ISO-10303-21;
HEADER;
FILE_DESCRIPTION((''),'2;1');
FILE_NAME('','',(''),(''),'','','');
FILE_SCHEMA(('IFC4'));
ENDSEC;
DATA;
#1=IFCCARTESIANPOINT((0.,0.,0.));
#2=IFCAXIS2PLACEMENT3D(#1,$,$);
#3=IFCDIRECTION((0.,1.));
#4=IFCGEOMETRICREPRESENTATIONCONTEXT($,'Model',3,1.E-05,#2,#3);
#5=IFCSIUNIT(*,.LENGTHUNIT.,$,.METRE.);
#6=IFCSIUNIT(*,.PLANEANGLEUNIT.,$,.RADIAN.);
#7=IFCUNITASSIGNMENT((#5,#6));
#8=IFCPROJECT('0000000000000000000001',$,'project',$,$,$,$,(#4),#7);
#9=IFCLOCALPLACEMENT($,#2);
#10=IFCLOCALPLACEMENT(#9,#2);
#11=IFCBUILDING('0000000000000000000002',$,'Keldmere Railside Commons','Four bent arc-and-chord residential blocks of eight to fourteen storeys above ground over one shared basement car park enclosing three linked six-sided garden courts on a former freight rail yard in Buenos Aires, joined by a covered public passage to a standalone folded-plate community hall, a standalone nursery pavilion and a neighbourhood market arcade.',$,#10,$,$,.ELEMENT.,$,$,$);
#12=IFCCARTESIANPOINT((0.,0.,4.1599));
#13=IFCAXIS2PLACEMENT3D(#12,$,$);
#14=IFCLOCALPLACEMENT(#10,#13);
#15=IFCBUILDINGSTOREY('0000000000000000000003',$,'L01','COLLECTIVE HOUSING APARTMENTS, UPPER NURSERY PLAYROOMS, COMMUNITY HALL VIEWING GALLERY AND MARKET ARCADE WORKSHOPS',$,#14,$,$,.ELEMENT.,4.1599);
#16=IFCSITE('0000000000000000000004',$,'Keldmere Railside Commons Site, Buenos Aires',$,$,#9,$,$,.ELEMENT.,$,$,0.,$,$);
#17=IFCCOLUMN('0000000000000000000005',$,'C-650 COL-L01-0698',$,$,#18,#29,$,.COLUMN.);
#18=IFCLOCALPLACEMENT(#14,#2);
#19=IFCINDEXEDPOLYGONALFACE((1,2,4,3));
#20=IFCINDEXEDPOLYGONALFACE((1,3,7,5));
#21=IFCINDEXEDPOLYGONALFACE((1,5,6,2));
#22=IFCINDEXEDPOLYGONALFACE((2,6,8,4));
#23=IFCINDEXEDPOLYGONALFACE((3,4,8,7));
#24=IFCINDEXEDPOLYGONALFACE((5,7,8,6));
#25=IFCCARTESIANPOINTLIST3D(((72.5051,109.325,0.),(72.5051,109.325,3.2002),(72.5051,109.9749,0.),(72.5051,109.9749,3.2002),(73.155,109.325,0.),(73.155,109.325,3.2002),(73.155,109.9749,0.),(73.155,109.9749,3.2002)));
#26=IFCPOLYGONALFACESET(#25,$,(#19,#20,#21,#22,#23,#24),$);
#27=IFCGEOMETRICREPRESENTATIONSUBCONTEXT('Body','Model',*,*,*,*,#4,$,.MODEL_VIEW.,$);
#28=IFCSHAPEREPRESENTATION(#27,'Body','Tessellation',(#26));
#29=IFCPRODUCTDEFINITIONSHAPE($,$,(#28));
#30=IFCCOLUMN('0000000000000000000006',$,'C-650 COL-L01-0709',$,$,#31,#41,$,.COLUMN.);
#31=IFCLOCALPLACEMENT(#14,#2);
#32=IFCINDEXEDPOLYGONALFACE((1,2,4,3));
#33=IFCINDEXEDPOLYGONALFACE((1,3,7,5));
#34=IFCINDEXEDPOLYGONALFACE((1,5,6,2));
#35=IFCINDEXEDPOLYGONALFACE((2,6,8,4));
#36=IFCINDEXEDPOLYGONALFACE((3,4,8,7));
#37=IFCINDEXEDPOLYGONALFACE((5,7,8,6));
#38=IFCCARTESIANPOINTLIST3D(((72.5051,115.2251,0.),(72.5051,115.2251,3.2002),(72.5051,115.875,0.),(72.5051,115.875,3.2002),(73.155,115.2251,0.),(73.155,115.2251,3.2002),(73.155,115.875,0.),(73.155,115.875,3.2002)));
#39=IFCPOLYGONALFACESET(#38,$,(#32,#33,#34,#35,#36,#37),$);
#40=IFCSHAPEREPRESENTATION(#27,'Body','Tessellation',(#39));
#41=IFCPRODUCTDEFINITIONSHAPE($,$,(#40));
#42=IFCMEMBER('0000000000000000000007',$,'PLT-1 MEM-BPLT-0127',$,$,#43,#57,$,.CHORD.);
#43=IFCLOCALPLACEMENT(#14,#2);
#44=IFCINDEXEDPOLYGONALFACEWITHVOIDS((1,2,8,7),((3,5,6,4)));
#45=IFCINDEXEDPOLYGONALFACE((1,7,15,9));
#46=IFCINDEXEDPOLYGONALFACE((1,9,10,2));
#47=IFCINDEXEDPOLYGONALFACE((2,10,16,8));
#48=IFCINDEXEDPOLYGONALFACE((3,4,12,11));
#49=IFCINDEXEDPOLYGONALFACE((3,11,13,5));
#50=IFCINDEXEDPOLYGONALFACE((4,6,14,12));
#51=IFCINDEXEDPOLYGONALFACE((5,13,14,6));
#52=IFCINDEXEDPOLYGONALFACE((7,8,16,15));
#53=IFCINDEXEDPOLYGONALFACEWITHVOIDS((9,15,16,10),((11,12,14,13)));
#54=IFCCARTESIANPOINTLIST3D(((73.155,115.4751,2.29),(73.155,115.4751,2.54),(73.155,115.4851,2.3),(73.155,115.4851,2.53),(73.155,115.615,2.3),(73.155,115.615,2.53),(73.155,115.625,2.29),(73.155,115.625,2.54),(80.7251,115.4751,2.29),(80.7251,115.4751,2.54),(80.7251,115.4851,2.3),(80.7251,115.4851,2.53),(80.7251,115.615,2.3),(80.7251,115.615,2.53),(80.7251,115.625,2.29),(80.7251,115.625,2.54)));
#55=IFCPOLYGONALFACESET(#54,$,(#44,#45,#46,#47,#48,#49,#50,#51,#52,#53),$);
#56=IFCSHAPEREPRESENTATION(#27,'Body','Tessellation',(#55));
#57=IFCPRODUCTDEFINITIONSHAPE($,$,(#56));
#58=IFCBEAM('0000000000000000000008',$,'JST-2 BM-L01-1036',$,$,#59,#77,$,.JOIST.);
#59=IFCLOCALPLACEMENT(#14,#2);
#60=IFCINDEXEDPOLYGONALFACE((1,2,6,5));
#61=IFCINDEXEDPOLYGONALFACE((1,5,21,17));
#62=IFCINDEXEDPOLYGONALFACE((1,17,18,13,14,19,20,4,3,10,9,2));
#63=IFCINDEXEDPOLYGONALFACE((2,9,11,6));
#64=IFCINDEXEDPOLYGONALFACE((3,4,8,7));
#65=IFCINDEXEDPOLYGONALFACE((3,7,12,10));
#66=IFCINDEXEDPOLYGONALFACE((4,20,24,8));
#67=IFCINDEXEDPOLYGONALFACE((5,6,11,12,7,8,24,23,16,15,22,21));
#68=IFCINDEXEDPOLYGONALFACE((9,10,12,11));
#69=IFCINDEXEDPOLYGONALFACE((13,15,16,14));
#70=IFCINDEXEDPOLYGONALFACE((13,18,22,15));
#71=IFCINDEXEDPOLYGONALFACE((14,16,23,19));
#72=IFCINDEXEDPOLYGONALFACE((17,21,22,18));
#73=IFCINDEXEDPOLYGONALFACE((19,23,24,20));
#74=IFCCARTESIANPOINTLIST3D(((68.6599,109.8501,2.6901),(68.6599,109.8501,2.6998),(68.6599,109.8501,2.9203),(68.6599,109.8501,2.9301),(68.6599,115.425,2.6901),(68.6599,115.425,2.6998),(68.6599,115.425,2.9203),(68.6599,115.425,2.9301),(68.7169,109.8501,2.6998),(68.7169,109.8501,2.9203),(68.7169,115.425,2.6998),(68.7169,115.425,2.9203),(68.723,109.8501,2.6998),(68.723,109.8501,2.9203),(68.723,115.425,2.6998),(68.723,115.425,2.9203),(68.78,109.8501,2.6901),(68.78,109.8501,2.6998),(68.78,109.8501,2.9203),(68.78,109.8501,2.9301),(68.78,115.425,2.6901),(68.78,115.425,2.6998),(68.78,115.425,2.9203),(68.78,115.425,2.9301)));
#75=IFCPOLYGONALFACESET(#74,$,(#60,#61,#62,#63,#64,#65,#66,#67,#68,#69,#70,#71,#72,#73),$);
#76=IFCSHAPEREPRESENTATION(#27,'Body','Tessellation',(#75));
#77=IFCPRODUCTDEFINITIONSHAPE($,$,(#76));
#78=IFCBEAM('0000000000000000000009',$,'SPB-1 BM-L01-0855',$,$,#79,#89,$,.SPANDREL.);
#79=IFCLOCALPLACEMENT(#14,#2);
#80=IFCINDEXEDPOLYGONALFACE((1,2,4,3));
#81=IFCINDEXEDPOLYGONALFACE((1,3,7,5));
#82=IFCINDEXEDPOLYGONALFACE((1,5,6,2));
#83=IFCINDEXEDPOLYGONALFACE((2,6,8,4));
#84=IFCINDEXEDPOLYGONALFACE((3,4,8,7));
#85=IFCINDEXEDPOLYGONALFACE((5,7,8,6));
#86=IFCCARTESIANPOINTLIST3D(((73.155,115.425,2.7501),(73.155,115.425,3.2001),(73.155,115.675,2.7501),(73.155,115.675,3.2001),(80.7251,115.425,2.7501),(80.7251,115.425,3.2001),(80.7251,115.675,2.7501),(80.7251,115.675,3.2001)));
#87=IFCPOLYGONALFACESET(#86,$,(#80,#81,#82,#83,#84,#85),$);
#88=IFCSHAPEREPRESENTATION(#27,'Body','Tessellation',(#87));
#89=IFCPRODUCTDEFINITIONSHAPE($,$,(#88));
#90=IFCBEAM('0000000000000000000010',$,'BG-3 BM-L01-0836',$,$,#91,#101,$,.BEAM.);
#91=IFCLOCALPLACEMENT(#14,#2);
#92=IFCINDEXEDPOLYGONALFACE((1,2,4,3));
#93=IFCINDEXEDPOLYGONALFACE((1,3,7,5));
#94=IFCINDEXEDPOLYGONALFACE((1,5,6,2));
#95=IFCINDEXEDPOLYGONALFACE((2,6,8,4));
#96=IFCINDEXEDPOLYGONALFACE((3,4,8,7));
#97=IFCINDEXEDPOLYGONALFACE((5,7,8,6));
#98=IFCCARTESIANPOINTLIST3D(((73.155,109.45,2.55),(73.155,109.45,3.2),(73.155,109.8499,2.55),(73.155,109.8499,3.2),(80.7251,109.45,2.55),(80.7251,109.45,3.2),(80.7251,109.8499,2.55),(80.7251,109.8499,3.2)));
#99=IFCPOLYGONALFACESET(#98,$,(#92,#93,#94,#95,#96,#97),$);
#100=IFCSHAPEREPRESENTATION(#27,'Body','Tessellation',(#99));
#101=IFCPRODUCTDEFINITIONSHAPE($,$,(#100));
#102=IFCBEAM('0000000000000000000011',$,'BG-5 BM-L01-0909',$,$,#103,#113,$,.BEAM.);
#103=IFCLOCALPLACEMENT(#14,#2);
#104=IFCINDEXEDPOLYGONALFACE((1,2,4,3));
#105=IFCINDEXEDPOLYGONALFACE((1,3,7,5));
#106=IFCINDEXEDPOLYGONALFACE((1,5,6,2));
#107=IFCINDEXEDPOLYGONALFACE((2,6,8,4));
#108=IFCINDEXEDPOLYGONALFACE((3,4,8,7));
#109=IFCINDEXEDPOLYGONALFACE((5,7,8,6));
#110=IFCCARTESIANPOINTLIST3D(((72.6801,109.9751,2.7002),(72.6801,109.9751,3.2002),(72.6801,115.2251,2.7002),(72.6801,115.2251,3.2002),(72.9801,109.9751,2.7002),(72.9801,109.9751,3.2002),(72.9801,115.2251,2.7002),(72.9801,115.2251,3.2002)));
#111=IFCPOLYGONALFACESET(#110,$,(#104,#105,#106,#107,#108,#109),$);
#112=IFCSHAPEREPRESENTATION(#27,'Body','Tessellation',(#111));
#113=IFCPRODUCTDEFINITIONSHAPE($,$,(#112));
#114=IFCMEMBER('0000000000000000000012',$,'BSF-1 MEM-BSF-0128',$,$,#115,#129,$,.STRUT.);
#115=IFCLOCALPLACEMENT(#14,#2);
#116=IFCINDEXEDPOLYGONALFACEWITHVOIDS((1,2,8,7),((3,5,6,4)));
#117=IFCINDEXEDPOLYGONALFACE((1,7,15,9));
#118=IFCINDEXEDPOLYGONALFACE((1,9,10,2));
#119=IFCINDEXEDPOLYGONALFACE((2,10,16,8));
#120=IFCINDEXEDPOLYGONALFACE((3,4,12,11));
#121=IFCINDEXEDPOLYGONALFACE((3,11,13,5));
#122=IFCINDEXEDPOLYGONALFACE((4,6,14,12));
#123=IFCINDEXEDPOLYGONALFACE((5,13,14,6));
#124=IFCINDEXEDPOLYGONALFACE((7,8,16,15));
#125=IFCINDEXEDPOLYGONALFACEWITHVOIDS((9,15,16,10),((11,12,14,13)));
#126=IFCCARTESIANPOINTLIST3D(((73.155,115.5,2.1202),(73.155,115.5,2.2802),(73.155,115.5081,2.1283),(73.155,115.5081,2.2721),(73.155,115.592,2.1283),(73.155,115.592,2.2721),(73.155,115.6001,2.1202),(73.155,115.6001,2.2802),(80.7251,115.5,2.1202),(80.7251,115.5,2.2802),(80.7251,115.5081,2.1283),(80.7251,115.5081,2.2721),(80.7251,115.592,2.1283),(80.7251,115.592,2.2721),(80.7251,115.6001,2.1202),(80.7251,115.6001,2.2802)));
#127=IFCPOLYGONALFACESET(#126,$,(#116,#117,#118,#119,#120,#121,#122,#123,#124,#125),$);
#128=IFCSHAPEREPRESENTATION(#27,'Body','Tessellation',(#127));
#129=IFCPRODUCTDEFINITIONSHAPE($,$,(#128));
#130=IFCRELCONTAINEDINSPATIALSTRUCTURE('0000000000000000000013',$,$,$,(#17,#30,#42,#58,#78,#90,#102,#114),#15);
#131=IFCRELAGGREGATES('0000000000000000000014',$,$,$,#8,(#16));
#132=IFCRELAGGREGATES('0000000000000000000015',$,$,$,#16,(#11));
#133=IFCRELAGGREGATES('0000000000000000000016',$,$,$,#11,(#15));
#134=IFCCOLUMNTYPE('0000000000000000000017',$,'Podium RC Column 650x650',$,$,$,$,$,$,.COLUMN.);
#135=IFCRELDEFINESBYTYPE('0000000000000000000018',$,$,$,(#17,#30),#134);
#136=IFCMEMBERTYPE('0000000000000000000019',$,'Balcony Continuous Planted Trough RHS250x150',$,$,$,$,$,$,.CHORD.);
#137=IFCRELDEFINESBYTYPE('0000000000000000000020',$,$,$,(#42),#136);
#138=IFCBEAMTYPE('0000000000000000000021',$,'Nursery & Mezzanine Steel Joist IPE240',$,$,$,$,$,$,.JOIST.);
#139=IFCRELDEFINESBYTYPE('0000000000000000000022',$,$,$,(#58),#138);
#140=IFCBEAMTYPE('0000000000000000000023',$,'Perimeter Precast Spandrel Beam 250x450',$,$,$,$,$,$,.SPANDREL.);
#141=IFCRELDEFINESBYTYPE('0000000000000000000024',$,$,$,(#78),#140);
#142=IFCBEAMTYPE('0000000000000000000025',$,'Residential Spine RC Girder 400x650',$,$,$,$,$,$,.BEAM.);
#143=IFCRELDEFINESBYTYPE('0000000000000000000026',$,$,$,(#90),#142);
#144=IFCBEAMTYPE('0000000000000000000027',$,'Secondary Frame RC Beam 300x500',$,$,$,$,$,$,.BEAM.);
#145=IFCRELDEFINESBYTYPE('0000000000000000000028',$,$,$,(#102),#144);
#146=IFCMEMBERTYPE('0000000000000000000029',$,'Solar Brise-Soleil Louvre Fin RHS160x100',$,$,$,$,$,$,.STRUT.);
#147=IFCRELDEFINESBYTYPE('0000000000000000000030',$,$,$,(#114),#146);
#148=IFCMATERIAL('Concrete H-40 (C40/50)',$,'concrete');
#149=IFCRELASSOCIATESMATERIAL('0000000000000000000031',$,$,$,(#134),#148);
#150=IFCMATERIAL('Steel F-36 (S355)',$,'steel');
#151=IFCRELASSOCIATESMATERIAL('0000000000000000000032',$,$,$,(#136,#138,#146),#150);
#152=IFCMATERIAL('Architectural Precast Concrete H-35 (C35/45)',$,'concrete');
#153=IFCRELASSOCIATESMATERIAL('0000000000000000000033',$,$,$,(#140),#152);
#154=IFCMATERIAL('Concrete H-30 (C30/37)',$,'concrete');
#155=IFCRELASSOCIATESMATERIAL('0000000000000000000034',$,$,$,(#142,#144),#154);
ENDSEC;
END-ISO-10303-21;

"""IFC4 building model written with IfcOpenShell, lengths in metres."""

from ifc_helpers import new_model, si_unit, direction, frame, origin, origin_2d, place, context, subcontext, project, spatial, rectangle, hollow_rectangle, i_section, extrude, material, material_profile, profile_set, type_object, element, save


model = new_model("IFC4")

# Units and contexts
model_context = context("Model", 3, precision=1e-05, world=origin(), true_north=direction((0.0, 1.0)))
body_context = subcontext(model_context, "Body", "Model", "MODEL_VIEW")
ifc_project = project(units=[si_unit("LENGTHUNIT", "METRE"), si_unit("PLANEANGLEUNIT", "RADIAN")], contexts=[model_context])

# Site, building, storey
site_placement = place(None, origin())
site = spatial("IfcSite", under=ifc_project, at=site_placement, Name="Keldmere Railside Commons Site, Buenos Aires", CompositionType="ELEMENT", RefElevation=0.0)
building_placement = place(site_placement, origin())
building = spatial("IfcBuilding", under=site, at=building_placement, Name="Keldmere Railside Commons", Description="Four bent arc-and-chord residential blocks of eight to fourteen storeys above ground over one shared basement car park enclosing three linked six-sided garden courts on a former freight rail yard in Buenos Aires, joined by a covered public passage to a standalone folded-plate community hall, a standalone nursery pavilion and a neighbourhood market arcade.", CompositionType="ELEMENT")
storey_placement = place(building_placement, frame((0.0, 0.0, 4.1599)))
storey = spatial("IfcBuildingStorey", under=building, at=storey_placement, Name="L01", Description="COLLECTIVE HOUSING APARTMENTS, UPPER NURSERY PLAYROOMS, COMMUNITY HALL VIEWING GALLERY AND MARKET ARCADE WORKSHOPS", CompositionType="ELEMENT", Elevation=4.1599)

# Columns
ifc_material_1 = material(Name="Concrete H-40 (C40/50)", Category="concrete")
ifc_material_profile_1 = material_profile(ifc_material_1, rectangle(XDim=0.6499, YDim=0.6499, at=origin_2d()), Name="RC-650x650")
ifc_profile_set_1 = profile_set([ifc_material_profile_1], Name="Concrete H-40 (C40/50)")
column_type = type_object("IfcColumnType", Name="Podium RC Column 650x650", PredefinedType="COLUMN", material=ifc_profile_set_1)
for number, where, z_axis, x_axis, name in (
    (1, (72.8301, 109.6499, 0.0), (0.0, 0.0, 1.0), (1.0, 0.0, 0.0), "C-650 COL-L01-0698"),
    (2, (72.8301, 115.55, 0.0), (0.0, 0.0, 1.0), (1.0, 0.0, 0.0), "C-650 COL-L01-0709"),
):
    element("IfcColumn", number, at=place(storey_placement, frame(where, z_axis=z_axis, x_axis=x_axis)), inside=storey, type_object=column_type, Name=name, PredefinedType="COLUMN", context=body_context, shape_type="SweptSolid", body=[
        extrude(rectangle(XDim=0.6499, YDim=0.6499, at=origin_2d()), origin(), (0.0, 0.0, 1.0), 3.2002),
    ])

# Member
ifc_material_2 = material(Name="Steel F-36 (S355)", Category="steel")
ifc_material_profile_2 = material_profile(ifc_material_2, hollow_rectangle(XDim=0.1499, YDim=0.25, WallThickness=0.01, at=origin_2d()), Name="RHS-250x150x10")
ifc_profile_set_2 = profile_set([ifc_material_profile_2], Name="Steel F-36 (S355)")
member_type_1 = type_object("IfcMemberType", Name="Balcony Continuous Planted Trough RHS250x150", PredefinedType="CHORD", material=ifc_profile_set_2)
member_1_placement = place(storey_placement, frame((73.155, 115.55, 2.415), z_axis=(1.0, 0.0, 0.0), x_axis=(0.0, 1.0, 0.0)))
element("IfcMember", 3, at=member_1_placement, inside=storey, type_object=member_type_1, Name="PLT-1 MEM-BPLT-0127", PredefinedType="CHORD", context=body_context, shape_type="SweptSolid", body=[
    extrude(hollow_rectangle(XDim=0.1499, YDim=0.25, WallThickness=0.01, at=origin_2d()), origin(), (0.0, 0.0, 1.0), 7.5701),
])

# Beams
ifc_material_profile_3 = material_profile(ifc_material_2, i_section(OverallWidth=0.1201, OverallDepth=0.24, WebThickness=0.0061, FlangeThickness=0.0098, at=origin_2d()), Name="IPE-240")
ifc_profile_set_3 = profile_set([ifc_material_profile_3], Name="Steel F-36 (S355)")
beam_type_1 = type_object("IfcBeamType", Name="Nursery & Mezzanine Steel Joist IPE240", PredefinedType="JOIST", material=ifc_profile_set_3)
beam_1_placement = place(storey_placement, frame((68.72, 109.8501, 2.8101), z_axis=(0.0, 1.0, 0.0), x_axis=(-1.0, 0.0, 0.0)))
element("IfcBeam", 4, at=beam_1_placement, inside=storey, type_object=beam_type_1, Name="JST-2 BM-L01-1036", PredefinedType="JOIST", context=body_context, shape_type="SweptSolid", body=[
    extrude(i_section(OverallWidth=0.1201, OverallDepth=0.24, WebThickness=0.0061, FlangeThickness=0.0098, at=origin_2d()), origin(), (0.0, 0.0, 1.0), 5.575),
])
ifc_material_3 = material(Name="Architectural Precast Concrete H-35 (C35/45)", Category="concrete")
ifc_material_profile_4 = material_profile(ifc_material_3, rectangle(XDim=0.25, YDim=0.45, at=origin_2d()), Name="RC-250x450")
ifc_profile_set_4 = profile_set([ifc_material_profile_4], Name="Architectural Precast Concrete H-35 (C35/45)")
beam_type_2 = type_object("IfcBeamType", Name="Perimeter Precast Spandrel Beam 250x450", PredefinedType="SPANDREL", material=ifc_profile_set_4)
beam_2_placement = place(storey_placement, frame((73.155, 115.55, 2.9751), z_axis=(1.0, 0.0, 0.0), x_axis=(0.0, 1.0, 0.0)))
element("IfcBeam", 5, at=beam_2_placement, inside=storey, type_object=beam_type_2, Name="SPB-1 BM-L01-0855", PredefinedType="SPANDREL", context=body_context, shape_type="SweptSolid", body=[
    extrude(rectangle(XDim=0.25, YDim=0.45, at=origin_2d()), origin(), (0.0, 0.0, 1.0), 7.5701),
])
ifc_material_4 = material(Name="Concrete H-30 (C30/37)", Category="concrete")
ifc_material_profile_5 = material_profile(ifc_material_4, rectangle(XDim=0.3999, YDim=0.6499, at=origin_2d()), Name="RC-400x650")
ifc_profile_set_5 = profile_set([ifc_material_profile_5], Name="Concrete H-30 (C30/37)")
beam_type_3 = type_object("IfcBeamType", Name="Residential Spine RC Girder 400x650", PredefinedType="BEAM", material=ifc_profile_set_5)
beam_3_placement = place(storey_placement, frame((73.155, 109.6499, 2.875), z_axis=(1.0, 0.0, 0.0), x_axis=(0.0, 1.0, 0.0)))
element("IfcBeam", 6, at=beam_3_placement, inside=storey, type_object=beam_type_3, Name="BG-3 BM-L01-0836", PredefinedType="BEAM", context=body_context, shape_type="SweptSolid", body=[
    extrude(rectangle(XDim=0.3999, YDim=0.6499, at=origin_2d()), origin(), (0.0, 0.0, 1.0), 7.5701),
])
ifc_material_profile_6 = material_profile(ifc_material_4, rectangle(XDim=0.3, YDim=0.5, at=origin_2d()), Name="RC-300x500")
ifc_profile_set_6 = profile_set([ifc_material_profile_6], Name="Concrete H-30 (C30/37)")
beam_type_4 = type_object("IfcBeamType", Name="Secondary Frame RC Beam 300x500", PredefinedType="BEAM", material=ifc_profile_set_6)
beam_4_placement = place(storey_placement, frame((72.8301, 109.9751, 2.9502), z_axis=(0.0, 1.0, 0.0), x_axis=(-1.0, 0.0, 0.0)))
element("IfcBeam", 7, at=beam_4_placement, inside=storey, type_object=beam_type_4, Name="BG-5 BM-L01-0909", PredefinedType="BEAM", context=body_context, shape_type="SweptSolid", body=[
    extrude(rectangle(XDim=0.3, YDim=0.5, at=origin_2d()), origin(), (0.0, 0.0, 1.0), 5.25),
])

# Member
ifc_material_profile_7 = material_profile(ifc_material_2, hollow_rectangle(XDim=0.1001, YDim=0.1599, WallThickness=0.0081, at=origin_2d()), Name="RHS-160x100x8")
ifc_profile_set_7 = profile_set([ifc_material_profile_7], Name="Steel F-36 (S355)")
member_type_2 = type_object("IfcMemberType", Name="Solar Brise-Soleil Louvre Fin RHS160x100", PredefinedType="STRUT", material=ifc_profile_set_7)
member_2_placement = place(storey_placement, frame((73.155, 115.55, 2.2002), z_axis=(1.0, 0.0, 0.0), x_axis=(0.0, 1.0, 0.0)))
element("IfcMember", 8, at=member_2_placement, inside=storey, type_object=member_type_2, Name="BSF-1 MEM-BSF-0128", PredefinedType="STRUT", context=body_context, shape_type="SweptSolid", body=[
    extrude(hollow_rectangle(XDim=0.1001, YDim=0.1599, WallThickness=0.0081, at=origin_2d()), origin(), (0.0, 0.0, 1.0), 7.5701),
])

save(model, "model.ifc")
